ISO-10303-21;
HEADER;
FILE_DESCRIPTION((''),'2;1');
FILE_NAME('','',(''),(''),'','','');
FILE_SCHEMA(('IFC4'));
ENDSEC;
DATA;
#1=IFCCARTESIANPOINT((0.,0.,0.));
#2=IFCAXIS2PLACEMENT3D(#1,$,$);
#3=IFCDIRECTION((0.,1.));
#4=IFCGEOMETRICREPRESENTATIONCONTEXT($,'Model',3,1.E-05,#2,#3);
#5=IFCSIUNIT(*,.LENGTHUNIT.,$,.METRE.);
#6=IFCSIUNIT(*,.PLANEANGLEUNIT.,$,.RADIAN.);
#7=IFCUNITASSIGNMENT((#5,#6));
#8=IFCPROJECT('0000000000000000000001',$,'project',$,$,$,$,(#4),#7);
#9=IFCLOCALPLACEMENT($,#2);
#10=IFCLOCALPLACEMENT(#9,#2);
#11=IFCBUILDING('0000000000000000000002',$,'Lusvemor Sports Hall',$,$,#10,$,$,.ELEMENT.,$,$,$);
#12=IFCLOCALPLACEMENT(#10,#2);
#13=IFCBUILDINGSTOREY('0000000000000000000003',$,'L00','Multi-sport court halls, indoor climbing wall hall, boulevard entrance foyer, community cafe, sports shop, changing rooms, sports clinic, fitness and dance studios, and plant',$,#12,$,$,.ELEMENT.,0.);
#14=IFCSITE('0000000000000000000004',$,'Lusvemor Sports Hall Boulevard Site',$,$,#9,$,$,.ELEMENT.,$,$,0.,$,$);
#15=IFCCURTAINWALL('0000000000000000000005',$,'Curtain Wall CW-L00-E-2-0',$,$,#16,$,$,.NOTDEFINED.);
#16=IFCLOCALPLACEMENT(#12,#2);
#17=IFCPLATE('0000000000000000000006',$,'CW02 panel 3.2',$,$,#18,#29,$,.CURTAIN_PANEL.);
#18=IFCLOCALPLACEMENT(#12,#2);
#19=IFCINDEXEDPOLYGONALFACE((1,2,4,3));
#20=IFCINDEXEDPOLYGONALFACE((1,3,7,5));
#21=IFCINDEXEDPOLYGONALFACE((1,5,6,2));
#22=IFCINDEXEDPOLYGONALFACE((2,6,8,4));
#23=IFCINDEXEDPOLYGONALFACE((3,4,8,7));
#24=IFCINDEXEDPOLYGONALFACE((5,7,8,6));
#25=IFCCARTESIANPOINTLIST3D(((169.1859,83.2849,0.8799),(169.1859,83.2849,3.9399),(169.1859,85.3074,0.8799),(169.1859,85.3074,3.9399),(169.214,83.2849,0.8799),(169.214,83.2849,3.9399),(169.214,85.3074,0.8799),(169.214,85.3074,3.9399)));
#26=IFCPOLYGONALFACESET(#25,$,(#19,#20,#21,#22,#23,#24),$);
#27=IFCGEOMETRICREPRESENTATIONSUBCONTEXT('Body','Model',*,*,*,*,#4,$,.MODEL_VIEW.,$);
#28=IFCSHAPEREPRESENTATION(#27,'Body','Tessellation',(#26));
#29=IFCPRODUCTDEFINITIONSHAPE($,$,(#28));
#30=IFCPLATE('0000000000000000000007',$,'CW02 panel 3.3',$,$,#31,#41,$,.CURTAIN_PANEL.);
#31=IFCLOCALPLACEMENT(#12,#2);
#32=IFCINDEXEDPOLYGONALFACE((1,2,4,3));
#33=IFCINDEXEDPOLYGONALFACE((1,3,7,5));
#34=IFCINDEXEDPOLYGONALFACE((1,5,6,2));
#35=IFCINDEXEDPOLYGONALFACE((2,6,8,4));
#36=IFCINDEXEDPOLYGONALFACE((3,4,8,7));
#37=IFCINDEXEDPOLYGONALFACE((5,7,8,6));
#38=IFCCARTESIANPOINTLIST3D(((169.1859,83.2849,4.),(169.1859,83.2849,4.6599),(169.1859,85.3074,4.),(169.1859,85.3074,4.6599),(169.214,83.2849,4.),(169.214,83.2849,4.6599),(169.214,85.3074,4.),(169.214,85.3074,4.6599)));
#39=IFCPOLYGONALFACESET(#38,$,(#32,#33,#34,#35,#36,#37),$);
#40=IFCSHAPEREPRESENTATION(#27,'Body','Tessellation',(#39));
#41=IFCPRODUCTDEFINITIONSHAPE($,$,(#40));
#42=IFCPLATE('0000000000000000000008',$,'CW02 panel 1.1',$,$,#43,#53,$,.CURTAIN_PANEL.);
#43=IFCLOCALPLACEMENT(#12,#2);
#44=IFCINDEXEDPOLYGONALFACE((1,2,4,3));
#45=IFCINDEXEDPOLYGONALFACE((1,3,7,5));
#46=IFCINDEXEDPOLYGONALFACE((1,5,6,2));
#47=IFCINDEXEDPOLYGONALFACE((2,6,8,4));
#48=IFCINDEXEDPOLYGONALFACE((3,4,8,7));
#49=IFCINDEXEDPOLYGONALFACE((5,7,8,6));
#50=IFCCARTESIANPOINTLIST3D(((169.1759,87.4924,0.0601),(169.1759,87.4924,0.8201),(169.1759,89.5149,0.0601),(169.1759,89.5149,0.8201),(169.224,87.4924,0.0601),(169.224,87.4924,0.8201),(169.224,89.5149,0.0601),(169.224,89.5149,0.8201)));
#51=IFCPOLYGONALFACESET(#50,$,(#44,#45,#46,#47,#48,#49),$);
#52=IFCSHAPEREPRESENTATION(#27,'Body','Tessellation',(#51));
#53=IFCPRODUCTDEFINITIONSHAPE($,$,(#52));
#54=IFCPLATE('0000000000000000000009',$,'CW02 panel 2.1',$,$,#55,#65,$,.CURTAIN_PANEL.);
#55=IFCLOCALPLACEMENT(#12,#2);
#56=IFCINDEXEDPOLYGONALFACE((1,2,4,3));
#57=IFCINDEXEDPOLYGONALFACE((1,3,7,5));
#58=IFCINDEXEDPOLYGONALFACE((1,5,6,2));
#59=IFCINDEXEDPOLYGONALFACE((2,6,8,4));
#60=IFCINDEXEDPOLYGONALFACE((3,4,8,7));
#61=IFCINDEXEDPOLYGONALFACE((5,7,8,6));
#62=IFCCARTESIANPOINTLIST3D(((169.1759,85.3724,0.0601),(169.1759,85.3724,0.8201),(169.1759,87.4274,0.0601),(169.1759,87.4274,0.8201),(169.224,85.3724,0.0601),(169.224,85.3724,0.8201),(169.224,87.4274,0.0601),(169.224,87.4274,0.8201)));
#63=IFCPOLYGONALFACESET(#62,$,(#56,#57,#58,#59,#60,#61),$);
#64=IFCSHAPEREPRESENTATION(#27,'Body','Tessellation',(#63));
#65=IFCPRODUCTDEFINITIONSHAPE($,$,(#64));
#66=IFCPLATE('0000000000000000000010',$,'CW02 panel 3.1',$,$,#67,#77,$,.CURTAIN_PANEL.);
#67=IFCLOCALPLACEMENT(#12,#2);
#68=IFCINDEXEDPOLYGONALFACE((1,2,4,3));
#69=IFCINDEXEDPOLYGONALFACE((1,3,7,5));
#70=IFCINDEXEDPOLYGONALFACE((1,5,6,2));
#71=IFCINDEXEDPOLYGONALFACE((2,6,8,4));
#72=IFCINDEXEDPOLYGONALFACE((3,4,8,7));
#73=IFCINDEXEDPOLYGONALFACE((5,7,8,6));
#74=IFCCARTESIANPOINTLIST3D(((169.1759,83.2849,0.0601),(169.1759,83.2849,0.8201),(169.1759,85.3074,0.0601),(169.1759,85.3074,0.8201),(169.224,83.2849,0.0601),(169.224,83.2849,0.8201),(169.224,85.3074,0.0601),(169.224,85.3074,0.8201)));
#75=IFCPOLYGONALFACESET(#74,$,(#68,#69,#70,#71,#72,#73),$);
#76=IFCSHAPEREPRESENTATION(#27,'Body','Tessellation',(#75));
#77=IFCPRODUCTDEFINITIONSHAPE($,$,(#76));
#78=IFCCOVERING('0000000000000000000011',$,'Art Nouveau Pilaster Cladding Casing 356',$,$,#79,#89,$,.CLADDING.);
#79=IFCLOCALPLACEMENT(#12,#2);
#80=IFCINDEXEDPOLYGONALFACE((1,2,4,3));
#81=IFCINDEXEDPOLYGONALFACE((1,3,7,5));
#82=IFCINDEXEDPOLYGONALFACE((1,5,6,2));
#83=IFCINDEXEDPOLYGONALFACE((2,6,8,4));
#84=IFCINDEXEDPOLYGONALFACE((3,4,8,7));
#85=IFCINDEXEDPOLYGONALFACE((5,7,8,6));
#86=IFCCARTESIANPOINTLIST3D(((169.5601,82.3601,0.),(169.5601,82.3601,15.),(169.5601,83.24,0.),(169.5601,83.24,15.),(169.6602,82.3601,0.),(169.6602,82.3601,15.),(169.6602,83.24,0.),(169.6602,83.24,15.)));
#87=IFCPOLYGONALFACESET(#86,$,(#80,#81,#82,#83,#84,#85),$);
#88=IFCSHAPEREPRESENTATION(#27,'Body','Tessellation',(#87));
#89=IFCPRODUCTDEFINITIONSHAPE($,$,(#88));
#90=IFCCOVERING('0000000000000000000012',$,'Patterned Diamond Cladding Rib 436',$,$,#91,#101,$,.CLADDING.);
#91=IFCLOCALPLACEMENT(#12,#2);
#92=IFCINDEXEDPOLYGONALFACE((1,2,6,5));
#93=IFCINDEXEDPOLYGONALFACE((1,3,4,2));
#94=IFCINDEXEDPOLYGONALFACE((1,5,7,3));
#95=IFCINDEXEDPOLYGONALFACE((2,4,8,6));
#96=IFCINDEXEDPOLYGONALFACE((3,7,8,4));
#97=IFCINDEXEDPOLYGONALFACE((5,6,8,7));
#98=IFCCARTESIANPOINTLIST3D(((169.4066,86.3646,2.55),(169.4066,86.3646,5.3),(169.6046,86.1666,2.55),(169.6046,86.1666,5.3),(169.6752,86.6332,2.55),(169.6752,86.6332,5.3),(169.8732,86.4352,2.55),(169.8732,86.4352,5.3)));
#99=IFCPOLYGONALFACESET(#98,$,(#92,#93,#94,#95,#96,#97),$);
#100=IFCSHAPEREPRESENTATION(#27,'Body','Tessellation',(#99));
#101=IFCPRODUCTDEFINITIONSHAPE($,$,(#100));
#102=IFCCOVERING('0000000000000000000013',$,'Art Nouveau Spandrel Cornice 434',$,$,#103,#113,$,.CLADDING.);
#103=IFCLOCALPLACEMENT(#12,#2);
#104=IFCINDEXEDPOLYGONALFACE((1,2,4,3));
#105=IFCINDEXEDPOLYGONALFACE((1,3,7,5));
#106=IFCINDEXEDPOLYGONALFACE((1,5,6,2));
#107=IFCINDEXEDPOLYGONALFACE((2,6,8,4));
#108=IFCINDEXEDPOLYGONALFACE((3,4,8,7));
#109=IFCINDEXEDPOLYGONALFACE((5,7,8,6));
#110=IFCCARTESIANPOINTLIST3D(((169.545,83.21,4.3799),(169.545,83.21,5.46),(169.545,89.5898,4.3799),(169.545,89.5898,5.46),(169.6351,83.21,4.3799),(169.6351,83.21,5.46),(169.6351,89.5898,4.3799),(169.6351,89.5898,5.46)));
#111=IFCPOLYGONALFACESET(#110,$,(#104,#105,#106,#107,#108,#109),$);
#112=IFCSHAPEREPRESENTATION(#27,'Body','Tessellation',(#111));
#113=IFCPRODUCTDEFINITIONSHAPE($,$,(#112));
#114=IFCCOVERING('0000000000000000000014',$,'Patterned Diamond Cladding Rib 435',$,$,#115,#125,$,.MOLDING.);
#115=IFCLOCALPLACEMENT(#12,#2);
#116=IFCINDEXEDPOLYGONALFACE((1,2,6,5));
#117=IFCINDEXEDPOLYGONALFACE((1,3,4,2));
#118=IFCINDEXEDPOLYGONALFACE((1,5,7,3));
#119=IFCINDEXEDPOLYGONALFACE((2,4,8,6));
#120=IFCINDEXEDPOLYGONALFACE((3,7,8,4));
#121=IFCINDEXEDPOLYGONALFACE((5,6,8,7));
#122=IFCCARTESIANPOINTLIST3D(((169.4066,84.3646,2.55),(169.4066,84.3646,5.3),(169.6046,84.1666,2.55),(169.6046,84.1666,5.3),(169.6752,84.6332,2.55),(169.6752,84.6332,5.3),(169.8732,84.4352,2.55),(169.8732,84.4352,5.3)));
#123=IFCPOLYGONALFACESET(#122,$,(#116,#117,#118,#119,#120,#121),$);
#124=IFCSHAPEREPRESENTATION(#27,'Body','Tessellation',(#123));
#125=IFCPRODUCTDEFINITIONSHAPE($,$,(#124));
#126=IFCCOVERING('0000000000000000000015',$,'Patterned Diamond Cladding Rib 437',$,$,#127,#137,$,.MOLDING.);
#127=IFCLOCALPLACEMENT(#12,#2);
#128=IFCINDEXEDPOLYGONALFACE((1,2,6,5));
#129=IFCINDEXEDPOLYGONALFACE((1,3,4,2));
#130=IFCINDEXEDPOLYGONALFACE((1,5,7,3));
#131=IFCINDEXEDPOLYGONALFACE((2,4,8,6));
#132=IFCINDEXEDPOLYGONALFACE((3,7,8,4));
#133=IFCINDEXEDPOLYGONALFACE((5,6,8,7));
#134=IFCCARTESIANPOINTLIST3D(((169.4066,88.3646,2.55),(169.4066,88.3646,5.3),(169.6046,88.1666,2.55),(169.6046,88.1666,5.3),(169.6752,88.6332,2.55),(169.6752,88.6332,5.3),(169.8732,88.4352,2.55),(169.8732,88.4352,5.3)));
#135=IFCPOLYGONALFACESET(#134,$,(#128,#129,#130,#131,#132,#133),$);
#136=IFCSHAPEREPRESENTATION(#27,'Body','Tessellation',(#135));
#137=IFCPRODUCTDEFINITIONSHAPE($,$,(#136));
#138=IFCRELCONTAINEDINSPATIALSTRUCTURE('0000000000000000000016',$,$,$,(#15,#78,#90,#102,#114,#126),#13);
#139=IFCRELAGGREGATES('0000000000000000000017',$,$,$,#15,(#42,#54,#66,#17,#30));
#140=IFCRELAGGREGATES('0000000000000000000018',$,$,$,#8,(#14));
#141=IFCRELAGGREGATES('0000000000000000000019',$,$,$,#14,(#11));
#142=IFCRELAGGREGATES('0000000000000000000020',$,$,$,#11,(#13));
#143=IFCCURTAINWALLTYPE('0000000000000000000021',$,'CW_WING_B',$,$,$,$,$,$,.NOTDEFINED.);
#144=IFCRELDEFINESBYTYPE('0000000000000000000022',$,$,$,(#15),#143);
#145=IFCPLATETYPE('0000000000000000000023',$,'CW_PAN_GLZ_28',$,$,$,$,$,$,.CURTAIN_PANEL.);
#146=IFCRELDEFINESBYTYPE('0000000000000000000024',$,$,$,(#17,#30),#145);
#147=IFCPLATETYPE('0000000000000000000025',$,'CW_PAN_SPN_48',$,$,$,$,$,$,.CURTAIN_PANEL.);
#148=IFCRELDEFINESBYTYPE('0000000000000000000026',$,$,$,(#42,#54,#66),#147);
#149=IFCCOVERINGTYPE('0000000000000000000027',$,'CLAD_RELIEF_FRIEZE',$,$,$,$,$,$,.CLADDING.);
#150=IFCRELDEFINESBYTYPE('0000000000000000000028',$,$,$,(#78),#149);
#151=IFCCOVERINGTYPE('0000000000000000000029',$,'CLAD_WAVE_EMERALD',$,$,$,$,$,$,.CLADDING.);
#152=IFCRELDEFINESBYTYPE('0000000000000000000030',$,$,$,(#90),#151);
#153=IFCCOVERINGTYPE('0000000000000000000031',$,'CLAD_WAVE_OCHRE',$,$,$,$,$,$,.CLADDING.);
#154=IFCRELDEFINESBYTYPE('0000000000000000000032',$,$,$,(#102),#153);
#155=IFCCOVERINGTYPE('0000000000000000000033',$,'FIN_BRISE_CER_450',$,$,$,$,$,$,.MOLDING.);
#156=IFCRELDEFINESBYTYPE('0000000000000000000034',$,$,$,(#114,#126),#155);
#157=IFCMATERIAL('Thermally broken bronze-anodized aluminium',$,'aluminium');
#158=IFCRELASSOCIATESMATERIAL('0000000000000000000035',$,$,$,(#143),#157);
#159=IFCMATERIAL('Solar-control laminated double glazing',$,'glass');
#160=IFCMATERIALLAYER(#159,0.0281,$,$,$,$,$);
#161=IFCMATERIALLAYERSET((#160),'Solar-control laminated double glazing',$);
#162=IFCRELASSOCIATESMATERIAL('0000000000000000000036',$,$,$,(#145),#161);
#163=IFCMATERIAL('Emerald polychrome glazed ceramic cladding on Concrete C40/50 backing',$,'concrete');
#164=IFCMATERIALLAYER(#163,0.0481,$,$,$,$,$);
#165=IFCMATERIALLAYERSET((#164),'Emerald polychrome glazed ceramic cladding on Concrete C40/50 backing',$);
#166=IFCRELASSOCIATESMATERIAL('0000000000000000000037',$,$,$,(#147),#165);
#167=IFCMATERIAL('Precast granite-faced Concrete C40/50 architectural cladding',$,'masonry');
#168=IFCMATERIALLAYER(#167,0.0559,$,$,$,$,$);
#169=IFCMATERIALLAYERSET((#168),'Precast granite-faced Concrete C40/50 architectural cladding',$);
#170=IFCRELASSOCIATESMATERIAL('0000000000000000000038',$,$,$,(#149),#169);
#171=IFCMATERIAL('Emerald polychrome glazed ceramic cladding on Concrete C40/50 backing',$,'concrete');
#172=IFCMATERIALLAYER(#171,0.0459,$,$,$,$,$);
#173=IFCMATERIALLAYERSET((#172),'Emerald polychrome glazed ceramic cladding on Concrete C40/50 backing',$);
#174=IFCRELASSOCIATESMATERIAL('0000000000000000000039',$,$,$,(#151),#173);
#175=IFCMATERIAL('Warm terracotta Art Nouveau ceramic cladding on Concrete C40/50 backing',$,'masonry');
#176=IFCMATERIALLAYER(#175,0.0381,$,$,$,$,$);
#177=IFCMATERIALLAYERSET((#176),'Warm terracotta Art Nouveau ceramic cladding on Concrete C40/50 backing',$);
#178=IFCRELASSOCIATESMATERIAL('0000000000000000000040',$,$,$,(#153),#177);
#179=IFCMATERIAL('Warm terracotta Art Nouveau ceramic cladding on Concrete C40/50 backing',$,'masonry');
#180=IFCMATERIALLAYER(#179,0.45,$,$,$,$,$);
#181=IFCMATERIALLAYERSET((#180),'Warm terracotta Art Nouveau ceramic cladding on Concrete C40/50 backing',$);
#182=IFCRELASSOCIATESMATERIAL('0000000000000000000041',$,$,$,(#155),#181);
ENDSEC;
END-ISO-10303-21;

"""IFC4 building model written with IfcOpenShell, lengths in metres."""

from ifc_helpers import new_model, si_unit, direction, frame, origin, origin_2d, place, context, subcontext, project, spatial, rectangle, extrude, material, layer, layer_set, type_object, element, aggregate, save


model = new_model("IFC4")

# Units and contexts
model_context = context("Model", 3, precision=1e-05, world=origin(), true_north=direction((0.0, 1.0)))
body_context = subcontext(model_context, "Body", "Model", "MODEL_VIEW")
ifc_project = project(units=[si_unit("LENGTHUNIT", "METRE"), si_unit("PLANEANGLEUNIT", "RADIAN")], contexts=[model_context])

# Site, building, storey
site_placement = place(None, origin())
site = spatial("IfcSite", under=ifc_project, at=site_placement, Name="Lusvemor Sports Hall Boulevard Site", CompositionType="ELEMENT", RefElevation=0.0)
building_placement = place(site_placement, origin())
building = spatial("IfcBuilding", under=site, at=building_placement, Name="Lusvemor Sports Hall", CompositionType="ELEMENT")
storey_placement = place(building_placement, origin())
storey = spatial("IfcBuildingStorey", under=building, at=storey_placement, Name="L00", Description="Multi-sport court halls, indoor climbing wall hall, boulevard entrance foyer, community cafe, sports shop, changing rooms, sports clinic, fitness and dance studios, and plant", CompositionType="ELEMENT", Elevation=0.0)

# Curtain wall, plates
ifc_material_1 = material(Name="Thermally broken bronze-anodized aluminium", Category="aluminium")
curtain_wall_type = type_object("IfcCurtainWallType", Name="CW_WING_B", PredefinedType="NOTDEFINED", material=ifc_material_1)
curtain_wall_placement = place(storey_placement, origin())
curtain_wall = element("IfcCurtainWall", 1, at=curtain_wall_placement, inside=storey, type_object=curtain_wall_type, Name="Curtain Wall CW-L00-E-2-0", PredefinedType="NOTDEFINED")
ifc_material_2 = material(Name="Solar-control laminated double glazing", Category="glass")
ifc_layer_1 = layer(ifc_material_2, 0.0281)
ifc_layer_set_1 = layer_set([ifc_layer_1], Name="Solar-control laminated double glazing")
plate_type_1 = type_object("IfcPlateType", Name="CW_PAN_GLZ_28", PredefinedType="CURTAIN_PANEL", material=ifc_layer_set_1)
plate_1_placement = place(storey_placement, frame((169.2, 84.2961, 0.8799), z_axis=(0.0, 0.0, 1.0), x_axis=(0.0, -1.0, 0.0)))
plate_1 = element("IfcPlate", 2, at=plate_1_placement, type_object=plate_type_1, Name="CW02 panel 3.2", PredefinedType="CURTAIN_PANEL", context=body_context, shape_type="SweptSolid", body=[
    extrude(rectangle(XDim=2.0225, YDim=0.0281, at=origin_2d()), origin(), (0.0, 0.0, 1.0), 3.0601),
])
plate_2_placement = place(storey_placement, frame((169.2, 84.2961, 4.0), z_axis=(0.0, 0.0, 1.0), x_axis=(0.0, -1.0, 0.0)))
plate_2 = element("IfcPlate", 3, at=plate_2_placement, type_object=plate_type_1, Name="CW02 panel 3.3", PredefinedType="CURTAIN_PANEL", context=body_context, shape_type="SweptSolid", body=[
    extrude(rectangle(XDim=2.0225, YDim=0.0281, at=origin_2d()), origin(), (0.0, 0.0, 1.0), 0.6599),
])
ifc_material_3 = material(Name="Emerald polychrome glazed ceramic cladding on Concrete C40/50 backing", Category="concrete")
ifc_layer_2 = layer(ifc_material_3, 0.0481)
ifc_layer_set_2 = layer_set([ifc_layer_2], Name="Emerald polychrome glazed ceramic cladding on Concrete C40/50 backing")
plate_type_2 = type_object("IfcPlateType", Name="CW_PAN_SPN_48", PredefinedType="CURTAIN_PANEL", material=ifc_layer_set_2)
plate_3_placement = place(storey_placement, frame((169.2, 88.5037, 0.0601), z_axis=(0.0, 0.0, 1.0), x_axis=(0.0, -1.0, 0.0)))
plate_3 = element("IfcPlate", 4, at=plate_3_placement, type_object=plate_type_2, Name="CW02 panel 1.1", PredefinedType="CURTAIN_PANEL", context=body_context, shape_type="SweptSolid", body=[
    extrude(rectangle(XDim=2.0225, YDim=0.0481, at=origin_2d()), origin(), (0.0, 0.0, 1.0), 0.76),
])
plate_4_placement = place(storey_placement, frame((169.2, 86.3999, 0.0601), z_axis=(0.0, 0.0, 1.0), x_axis=(0.0, -1.0, 0.0)))
plate_4 = element("IfcPlate", 5, at=plate_4_placement, type_object=plate_type_2, Name="CW02 panel 2.1", PredefinedType="CURTAIN_PANEL", context=body_context, shape_type="SweptSolid", body=[
    extrude(rectangle(XDim=2.0549, YDim=0.0481, at=origin_2d()), origin(), (0.0, 0.0, 1.0), 0.76),
])
plate_5_placement = place(storey_placement, frame((169.2, 84.2961, 0.0601), z_axis=(0.0, 0.0, 1.0), x_axis=(0.0, -1.0, 0.0)))
plate_5 = element("IfcPlate", 6, at=plate_5_placement, type_object=plate_type_2, Name="CW02 panel 3.1", PredefinedType="CURTAIN_PANEL", context=body_context, shape_type="SweptSolid", body=[
    extrude(rectangle(XDim=2.0225, YDim=0.0481, at=origin_2d()), origin(), (0.0, 0.0, 1.0), 0.76),
])
aggregate(curtain_wall, [plate_3, plate_4, plate_5, plate_1, plate_2])

# Coverings
ifc_material_4 = material(Name="Precast granite-faced Concrete C40/50 architectural cladding", Category="masonry")
ifc_layer_3 = layer(ifc_material_4, 0.0559)
ifc_layer_set_3 = layer_set([ifc_layer_3], Name="Precast granite-faced Concrete C40/50 architectural cladding")
covering_type_1 = type_object("IfcCoveringType", Name="CLAD_RELIEF_FRIEZE", PredefinedType="CLADDING", material=ifc_layer_set_3)
covering_1_placement = place(storey_placement, frame((169.6101, 82.8, 0.0), z_axis=(0.0, 0.0, 1.0), x_axis=(1.0, 0.0, 0.0)))
element("IfcCovering", 7, at=covering_1_placement, inside=storey, type_object=covering_type_1, Name="Art Nouveau Pilaster Cladding Casing 356", PredefinedType="CLADDING", context=body_context, shape_type="SweptSolid", body=[
    extrude(rectangle(XDim=0.1001, YDim=0.8799, at=origin_2d()), origin(), (0.0, 0.0, 1.0), 15.0),
])
ifc_material_5 = material(Name="Emerald polychrome glazed ceramic cladding on Concrete C40/50 backing", Category="concrete")
ifc_layer_4 = layer(ifc_material_5, 0.0459)
ifc_layer_set_4 = layer_set([ifc_layer_4], Name="Emerald polychrome glazed ceramic cladding on Concrete C40/50 backing")
covering_type_2 = type_object("IfcCoveringType", Name="CLAD_WAVE_EMERALD", PredefinedType="CLADDING", material=ifc_layer_set_4)
covering_2_placement = place(storey_placement, frame((169.6399, 86.3999, 2.55), z_axis=(0.0, 0.0, 1.0), x_axis=(0.707107, 0.707107, 0.0)))
element("IfcCovering", 8, at=covering_2_placement, inside=storey, type_object=covering_type_2, Name="Patterned Diamond Cladding Rib 436", PredefinedType="CLADDING", context=body_context, shape_type="SweptSolid", body=[
    extrude(rectangle(XDim=0.3799, YDim=0.28, at=origin_2d()), origin(), (0.0, 0.0, 1.0), 2.75),
])
ifc_material_6 = material(Name="Warm terracotta Art Nouveau ceramic cladding on Concrete C40/50 backing", Category="masonry")
ifc_layer_5 = layer(ifc_material_6, 0.0381)
ifc_layer_set_5 = layer_set([ifc_layer_5], Name="Warm terracotta Art Nouveau ceramic cladding on Concrete C40/50 backing")
covering_type_3 = type_object("IfcCoveringType", Name="CLAD_WAVE_OCHRE", PredefinedType="CLADDING", material=ifc_layer_set_5)
covering_3_placement = place(storey_placement, frame((169.5901, 86.3999, 4.3799), z_axis=(0.0, 0.0, 1.0), x_axis=(1.0, 0.0, 0.0)))
element("IfcCovering", 9, at=covering_3_placement, inside=storey, type_object=covering_type_3, Name="Art Nouveau Spandrel Cornice 434", PredefinedType="CLADDING", context=body_context, shape_type="SweptSolid", body=[
    extrude(rectangle(XDim=0.0901, YDim=6.3799, at=origin_2d()), origin(), (0.0, 0.0, 1.0), 1.0801),
])
ifc_material_7 = material(Name="Warm terracotta Art Nouveau ceramic cladding on Concrete C40/50 backing", Category="masonry")
ifc_layer_6 = layer(ifc_material_7, 0.45)
ifc_layer_set_6 = layer_set([ifc_layer_6], Name="Warm terracotta Art Nouveau ceramic cladding on Concrete C40/50 backing")
covering_type_4 = type_object("IfcCoveringType", Name="FIN_BRISE_CER_450", PredefinedType="MOLDING", material=ifc_layer_set_6)
for number, where, z_axis, x_axis, name in (
    (10, (169.6399, 84.3999, 2.55), (0.0, 0.0, 1.0), (0.707107, 0.707107, 0.0), "Patterned Diamond Cladding Rib 435"),
    (11, (169.6399, 88.3999, 2.55), (0.0, 0.0, 1.0), (0.707107, 0.707107, 0.0), "Patterned Diamond Cladding Rib 437"),
):
    element("IfcCovering", number, at=place(storey_placement, frame(where, z_axis=z_axis, x_axis=x_axis)), inside=storey, type_object=covering_type_4, Name=name, PredefinedType="MOLDING", context=body_context, shape_type="SweptSolid", body=[
        extrude(rectangle(XDim=0.3799, YDim=0.28, at=origin_2d()), origin(), (0.0, 0.0, 1.0), 2.75),
    ])

save(model, "model.ifc")
